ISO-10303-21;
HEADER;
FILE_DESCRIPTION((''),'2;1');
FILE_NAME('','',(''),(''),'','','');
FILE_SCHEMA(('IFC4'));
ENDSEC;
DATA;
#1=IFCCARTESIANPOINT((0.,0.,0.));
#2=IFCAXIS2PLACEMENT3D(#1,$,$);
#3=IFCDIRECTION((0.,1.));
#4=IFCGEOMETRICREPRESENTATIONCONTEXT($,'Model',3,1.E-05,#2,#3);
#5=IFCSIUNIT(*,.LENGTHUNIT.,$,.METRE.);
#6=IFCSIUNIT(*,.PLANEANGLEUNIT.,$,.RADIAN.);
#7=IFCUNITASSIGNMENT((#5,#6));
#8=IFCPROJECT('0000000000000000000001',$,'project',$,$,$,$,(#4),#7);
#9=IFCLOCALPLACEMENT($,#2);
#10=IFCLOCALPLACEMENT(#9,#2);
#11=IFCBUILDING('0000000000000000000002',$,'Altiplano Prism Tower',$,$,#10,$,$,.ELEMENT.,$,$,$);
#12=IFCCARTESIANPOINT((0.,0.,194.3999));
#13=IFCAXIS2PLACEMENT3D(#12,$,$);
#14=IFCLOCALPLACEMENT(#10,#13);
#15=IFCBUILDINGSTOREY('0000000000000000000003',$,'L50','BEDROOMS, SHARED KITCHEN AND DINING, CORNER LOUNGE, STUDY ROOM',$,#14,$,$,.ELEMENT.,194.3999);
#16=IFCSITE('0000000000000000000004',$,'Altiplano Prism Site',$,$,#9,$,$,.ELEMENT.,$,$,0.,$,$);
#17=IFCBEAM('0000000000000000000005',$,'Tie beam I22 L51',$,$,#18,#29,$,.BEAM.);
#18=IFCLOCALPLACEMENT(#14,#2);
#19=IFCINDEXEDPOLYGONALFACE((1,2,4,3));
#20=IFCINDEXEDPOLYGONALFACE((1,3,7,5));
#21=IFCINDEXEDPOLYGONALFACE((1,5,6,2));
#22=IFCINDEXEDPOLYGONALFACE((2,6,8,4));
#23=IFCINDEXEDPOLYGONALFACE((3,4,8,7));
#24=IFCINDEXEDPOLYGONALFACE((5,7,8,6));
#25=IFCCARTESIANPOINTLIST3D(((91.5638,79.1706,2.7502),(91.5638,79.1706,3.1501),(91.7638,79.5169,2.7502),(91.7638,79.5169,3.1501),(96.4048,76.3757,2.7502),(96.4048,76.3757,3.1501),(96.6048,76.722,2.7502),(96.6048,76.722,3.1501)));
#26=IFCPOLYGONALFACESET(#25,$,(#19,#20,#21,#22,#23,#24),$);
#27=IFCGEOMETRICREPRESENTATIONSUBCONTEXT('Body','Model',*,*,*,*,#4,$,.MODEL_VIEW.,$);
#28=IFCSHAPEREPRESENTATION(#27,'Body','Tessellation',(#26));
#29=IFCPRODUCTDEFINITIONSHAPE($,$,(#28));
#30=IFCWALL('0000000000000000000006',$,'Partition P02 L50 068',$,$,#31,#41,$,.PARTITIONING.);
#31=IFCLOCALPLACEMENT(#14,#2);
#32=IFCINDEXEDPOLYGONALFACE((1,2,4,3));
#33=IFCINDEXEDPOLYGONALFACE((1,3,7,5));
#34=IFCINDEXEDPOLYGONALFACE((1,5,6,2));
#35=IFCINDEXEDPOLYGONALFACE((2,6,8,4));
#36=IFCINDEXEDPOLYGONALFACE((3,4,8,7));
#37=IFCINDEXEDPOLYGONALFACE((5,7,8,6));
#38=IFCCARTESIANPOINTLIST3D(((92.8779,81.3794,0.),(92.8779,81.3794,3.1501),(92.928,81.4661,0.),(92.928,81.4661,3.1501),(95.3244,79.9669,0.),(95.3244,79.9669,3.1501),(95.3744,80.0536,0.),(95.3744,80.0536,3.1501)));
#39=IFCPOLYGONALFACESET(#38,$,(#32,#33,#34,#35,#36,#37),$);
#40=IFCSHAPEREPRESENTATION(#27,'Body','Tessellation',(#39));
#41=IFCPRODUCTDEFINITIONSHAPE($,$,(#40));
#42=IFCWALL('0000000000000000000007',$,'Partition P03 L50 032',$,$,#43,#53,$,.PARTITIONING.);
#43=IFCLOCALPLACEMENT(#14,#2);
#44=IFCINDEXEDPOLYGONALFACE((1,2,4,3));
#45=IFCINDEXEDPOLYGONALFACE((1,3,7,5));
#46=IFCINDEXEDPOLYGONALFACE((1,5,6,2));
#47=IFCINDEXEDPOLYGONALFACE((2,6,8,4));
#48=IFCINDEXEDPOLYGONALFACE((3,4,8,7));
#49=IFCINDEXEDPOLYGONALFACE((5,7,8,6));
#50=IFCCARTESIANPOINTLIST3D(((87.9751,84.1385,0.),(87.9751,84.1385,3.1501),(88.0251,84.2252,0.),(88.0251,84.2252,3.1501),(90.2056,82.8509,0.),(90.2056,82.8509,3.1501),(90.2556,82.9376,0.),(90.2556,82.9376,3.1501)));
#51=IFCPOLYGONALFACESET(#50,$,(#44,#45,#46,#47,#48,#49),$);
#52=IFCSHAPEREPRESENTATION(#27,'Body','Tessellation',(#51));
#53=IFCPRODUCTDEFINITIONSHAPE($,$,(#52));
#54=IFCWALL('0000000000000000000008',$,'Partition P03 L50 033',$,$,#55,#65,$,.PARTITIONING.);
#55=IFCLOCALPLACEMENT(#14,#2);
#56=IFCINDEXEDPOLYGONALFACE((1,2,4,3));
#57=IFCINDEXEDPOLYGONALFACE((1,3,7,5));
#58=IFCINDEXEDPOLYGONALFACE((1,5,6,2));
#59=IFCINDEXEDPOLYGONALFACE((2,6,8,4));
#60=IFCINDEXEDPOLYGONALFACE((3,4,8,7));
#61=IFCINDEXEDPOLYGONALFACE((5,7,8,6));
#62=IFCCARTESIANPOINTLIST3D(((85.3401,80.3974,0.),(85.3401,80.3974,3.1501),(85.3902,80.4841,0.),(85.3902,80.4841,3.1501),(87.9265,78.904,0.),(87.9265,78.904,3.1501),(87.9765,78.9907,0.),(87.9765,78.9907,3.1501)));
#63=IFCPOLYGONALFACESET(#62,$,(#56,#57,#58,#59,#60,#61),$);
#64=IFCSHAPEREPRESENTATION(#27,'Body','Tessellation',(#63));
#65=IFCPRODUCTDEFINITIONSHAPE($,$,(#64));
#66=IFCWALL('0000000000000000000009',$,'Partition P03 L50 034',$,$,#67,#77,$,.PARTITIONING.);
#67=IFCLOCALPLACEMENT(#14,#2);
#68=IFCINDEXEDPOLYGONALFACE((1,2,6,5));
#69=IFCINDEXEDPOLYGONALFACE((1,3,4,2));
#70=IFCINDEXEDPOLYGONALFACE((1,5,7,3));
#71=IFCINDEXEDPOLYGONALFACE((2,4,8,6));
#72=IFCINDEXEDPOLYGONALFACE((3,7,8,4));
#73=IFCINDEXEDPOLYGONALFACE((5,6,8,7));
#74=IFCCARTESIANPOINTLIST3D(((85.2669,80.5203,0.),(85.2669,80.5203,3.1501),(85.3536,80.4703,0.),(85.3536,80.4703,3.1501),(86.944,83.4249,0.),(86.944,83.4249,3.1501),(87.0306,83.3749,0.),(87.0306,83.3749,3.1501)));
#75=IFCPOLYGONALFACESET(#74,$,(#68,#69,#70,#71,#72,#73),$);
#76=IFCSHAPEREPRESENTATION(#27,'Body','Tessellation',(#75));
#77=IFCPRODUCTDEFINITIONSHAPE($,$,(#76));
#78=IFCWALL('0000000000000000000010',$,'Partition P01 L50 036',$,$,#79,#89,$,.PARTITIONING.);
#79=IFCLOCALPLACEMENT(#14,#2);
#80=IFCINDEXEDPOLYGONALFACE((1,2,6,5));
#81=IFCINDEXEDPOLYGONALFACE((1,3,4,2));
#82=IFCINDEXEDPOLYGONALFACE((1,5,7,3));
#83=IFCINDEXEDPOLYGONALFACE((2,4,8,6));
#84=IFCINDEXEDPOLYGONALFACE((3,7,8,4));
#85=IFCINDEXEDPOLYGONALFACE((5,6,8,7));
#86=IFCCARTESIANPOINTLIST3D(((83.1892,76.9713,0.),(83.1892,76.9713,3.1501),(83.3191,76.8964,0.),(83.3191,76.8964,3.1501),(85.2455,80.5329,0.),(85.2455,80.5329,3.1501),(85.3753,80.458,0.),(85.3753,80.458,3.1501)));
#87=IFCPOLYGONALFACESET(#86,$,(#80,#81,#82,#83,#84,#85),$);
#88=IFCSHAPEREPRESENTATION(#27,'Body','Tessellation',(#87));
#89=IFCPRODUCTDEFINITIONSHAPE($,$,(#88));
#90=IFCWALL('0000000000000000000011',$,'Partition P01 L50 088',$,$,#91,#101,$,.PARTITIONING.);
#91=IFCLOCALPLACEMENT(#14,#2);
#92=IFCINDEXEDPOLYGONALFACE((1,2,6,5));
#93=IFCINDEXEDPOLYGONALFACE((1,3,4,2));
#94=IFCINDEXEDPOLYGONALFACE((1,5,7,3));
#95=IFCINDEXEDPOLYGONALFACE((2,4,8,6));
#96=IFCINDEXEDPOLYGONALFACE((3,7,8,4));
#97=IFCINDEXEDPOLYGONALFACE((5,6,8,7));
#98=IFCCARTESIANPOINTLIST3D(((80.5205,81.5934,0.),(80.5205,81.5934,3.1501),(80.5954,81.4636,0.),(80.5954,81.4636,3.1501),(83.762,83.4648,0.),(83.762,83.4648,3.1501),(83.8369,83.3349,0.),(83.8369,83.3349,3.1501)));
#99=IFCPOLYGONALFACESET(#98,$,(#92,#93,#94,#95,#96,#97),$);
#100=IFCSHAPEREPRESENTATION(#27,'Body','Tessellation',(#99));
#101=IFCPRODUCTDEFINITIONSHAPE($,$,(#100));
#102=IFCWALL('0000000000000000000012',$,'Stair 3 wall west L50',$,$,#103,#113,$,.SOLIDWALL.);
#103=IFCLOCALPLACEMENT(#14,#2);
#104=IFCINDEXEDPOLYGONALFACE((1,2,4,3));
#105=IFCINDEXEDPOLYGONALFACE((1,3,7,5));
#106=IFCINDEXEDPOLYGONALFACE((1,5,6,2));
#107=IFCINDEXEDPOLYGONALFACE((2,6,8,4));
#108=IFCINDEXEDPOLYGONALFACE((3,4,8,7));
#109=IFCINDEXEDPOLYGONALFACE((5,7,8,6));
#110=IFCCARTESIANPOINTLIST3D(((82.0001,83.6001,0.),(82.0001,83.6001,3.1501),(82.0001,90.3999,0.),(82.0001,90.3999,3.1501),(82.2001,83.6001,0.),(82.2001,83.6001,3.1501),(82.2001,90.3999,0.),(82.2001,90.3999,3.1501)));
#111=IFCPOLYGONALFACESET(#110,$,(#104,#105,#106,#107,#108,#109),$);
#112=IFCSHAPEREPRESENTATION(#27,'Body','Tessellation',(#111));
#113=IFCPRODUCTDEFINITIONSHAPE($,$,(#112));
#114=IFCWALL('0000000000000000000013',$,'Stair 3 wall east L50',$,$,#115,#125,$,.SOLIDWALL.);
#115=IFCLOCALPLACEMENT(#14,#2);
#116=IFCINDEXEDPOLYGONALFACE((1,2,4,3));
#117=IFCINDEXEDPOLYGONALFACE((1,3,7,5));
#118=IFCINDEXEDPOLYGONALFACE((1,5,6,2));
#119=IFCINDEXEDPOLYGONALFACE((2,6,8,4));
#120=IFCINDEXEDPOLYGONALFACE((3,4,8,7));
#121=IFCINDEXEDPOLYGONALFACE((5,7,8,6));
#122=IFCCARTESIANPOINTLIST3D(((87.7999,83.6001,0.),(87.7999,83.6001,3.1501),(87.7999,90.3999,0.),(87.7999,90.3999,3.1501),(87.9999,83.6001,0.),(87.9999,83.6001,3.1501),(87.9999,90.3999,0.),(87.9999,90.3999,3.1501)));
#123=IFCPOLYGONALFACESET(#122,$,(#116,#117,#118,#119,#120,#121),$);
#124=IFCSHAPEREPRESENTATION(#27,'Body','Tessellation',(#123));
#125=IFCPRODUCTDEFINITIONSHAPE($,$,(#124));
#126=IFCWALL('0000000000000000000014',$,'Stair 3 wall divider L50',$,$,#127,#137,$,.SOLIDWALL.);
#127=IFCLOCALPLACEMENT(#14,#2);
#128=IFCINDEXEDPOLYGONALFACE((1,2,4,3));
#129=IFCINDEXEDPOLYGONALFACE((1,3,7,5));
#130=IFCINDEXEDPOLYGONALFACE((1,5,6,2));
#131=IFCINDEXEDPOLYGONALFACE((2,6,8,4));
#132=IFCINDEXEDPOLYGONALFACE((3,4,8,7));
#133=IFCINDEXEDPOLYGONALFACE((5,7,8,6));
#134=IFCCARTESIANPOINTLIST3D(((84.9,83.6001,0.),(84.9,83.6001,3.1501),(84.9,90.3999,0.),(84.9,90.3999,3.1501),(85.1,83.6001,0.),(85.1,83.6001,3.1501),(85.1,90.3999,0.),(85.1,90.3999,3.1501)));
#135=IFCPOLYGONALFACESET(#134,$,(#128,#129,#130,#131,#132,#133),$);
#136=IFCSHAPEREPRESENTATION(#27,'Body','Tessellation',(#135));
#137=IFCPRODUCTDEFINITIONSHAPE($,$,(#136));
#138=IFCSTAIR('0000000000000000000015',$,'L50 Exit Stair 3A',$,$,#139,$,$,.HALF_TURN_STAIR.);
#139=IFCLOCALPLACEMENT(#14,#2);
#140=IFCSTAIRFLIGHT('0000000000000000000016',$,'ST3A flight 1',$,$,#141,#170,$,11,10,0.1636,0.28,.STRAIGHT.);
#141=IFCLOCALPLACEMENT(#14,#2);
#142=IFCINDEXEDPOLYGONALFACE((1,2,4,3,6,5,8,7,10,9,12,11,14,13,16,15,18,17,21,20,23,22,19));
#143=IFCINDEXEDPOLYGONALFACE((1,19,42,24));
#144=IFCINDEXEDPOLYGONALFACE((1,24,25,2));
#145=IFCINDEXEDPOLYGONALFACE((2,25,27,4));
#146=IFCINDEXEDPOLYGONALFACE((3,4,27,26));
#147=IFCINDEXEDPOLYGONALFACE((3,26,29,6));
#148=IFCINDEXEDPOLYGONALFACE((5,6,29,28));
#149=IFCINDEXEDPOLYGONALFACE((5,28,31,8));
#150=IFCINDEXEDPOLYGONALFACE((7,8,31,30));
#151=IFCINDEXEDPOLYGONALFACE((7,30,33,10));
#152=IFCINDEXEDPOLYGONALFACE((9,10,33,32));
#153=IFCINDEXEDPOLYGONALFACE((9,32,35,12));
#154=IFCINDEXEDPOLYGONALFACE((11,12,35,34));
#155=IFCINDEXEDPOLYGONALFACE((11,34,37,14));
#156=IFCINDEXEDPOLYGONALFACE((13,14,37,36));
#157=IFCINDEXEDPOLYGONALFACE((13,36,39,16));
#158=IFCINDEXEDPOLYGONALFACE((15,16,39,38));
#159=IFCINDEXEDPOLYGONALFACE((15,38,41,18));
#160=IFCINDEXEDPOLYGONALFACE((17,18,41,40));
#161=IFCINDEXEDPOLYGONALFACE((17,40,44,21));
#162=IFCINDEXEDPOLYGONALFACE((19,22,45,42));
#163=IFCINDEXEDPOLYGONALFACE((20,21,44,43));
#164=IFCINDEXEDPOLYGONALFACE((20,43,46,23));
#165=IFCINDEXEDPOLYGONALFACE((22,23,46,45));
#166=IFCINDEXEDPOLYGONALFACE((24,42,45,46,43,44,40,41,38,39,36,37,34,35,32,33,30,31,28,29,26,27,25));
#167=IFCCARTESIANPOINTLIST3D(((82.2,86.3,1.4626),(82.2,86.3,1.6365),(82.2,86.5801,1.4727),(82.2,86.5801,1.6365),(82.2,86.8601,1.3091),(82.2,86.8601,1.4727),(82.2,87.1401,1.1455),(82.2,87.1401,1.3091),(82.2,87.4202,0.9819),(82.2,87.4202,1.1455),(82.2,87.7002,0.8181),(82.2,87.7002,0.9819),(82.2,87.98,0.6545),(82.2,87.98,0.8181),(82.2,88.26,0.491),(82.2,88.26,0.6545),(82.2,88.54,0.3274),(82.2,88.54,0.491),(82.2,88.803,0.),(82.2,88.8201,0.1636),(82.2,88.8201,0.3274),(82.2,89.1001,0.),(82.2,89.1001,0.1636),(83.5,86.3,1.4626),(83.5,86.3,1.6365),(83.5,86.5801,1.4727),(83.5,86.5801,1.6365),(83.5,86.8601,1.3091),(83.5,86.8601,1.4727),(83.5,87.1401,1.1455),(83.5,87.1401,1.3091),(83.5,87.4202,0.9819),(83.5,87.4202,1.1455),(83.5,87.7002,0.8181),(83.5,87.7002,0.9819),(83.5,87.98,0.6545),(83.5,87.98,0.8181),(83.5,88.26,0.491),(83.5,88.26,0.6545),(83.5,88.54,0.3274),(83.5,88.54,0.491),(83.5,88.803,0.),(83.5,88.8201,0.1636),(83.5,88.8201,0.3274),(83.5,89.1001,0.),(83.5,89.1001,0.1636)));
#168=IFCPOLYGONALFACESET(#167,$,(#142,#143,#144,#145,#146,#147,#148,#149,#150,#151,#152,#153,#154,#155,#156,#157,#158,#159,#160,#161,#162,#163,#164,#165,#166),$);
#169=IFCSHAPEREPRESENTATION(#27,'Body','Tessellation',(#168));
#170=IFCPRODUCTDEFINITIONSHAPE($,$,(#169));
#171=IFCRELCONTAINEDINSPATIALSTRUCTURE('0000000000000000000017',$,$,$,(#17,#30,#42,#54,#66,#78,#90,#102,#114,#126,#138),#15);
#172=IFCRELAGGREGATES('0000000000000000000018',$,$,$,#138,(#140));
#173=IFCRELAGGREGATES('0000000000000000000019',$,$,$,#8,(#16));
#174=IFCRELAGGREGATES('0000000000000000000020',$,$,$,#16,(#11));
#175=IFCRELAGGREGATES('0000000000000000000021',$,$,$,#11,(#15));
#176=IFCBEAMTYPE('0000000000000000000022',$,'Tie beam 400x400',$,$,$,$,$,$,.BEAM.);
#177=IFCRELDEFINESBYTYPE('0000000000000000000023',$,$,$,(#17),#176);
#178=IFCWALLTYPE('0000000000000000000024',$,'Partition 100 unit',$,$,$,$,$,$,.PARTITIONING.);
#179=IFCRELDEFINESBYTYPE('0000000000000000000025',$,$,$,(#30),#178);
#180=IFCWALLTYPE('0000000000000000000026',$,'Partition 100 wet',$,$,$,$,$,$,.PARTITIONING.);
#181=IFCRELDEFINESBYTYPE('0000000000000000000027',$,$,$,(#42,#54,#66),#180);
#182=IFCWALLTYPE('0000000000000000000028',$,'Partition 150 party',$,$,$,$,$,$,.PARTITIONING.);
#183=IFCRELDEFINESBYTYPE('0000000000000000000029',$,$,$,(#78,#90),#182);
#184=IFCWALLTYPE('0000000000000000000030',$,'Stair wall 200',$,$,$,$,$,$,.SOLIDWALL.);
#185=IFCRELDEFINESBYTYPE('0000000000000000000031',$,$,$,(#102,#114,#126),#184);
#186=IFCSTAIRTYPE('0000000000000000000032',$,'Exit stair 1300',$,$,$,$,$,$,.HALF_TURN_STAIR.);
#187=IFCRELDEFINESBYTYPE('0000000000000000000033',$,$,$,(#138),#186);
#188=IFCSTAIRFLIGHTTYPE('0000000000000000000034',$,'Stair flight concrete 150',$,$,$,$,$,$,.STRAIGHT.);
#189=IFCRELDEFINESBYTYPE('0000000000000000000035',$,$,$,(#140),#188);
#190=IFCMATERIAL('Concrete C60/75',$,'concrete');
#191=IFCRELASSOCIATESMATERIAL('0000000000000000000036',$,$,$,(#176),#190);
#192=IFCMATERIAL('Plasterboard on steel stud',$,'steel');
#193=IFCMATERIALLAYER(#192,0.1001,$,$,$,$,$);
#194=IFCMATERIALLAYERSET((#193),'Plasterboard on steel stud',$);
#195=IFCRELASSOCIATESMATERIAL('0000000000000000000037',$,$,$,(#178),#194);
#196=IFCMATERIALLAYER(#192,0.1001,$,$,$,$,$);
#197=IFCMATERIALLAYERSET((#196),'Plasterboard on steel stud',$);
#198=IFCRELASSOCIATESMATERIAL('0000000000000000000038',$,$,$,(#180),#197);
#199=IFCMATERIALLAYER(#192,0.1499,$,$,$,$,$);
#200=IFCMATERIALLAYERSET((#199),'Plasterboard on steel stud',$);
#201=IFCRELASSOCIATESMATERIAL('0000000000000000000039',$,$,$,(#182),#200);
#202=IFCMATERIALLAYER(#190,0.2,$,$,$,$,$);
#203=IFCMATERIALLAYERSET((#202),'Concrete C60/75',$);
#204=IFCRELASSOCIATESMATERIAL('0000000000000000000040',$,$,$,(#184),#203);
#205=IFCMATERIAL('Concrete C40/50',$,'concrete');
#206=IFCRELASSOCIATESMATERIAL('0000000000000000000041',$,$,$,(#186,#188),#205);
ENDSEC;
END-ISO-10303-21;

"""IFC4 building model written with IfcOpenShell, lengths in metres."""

from ifc_helpers import new_model, si_unit, direction, frame, frame_2d, origin, origin_2d, place, context, subcontext, project, spatial, polyline, rectangle, outline, extrude, material, layer, layer_set, material_profile, profile_set, type_object, element, aggregate, save


model = new_model("IFC4")

# Units and contexts
model_context = context("Model", 3, precision=1e-05, world=origin(), true_north=direction((0.0, 1.0)))
body_context = subcontext(model_context, "Body", "Model", "MODEL_VIEW")
ifc_project = project(units=[si_unit("LENGTHUNIT", "METRE"), si_unit("PLANEANGLEUNIT", "RADIAN")], contexts=[model_context])

# Site, building, storey
site_placement = place(None, origin())
site = spatial("IfcSite", under=ifc_project, at=site_placement, Name="Altiplano Prism Site", CompositionType="ELEMENT", RefElevation=0.0)
building_placement = place(site_placement, origin())
building = spatial("IfcBuilding", under=site, at=building_placement, Name="Altiplano Prism Tower", CompositionType="ELEMENT")
storey_placement = place(building_placement, frame((0.0, 0.0, 194.3999)))
storey = spatial("IfcBuildingStorey", under=building, at=storey_placement, Name="L50", Description="BEDROOMS, SHARED KITCHEN AND DINING, CORNER LOUNGE, STUDY ROOM", CompositionType="ELEMENT", Elevation=194.3999)

# Beam
ifc_material_1 = material(Name="Concrete C60/75", Category="concrete")
ifc_material_profile = material_profile(ifc_material_1, rectangle(XDim=0.3999, YDim=0.3999, at=origin_2d()), Name="Tie beam 400x400")
ifc_profile_set = profile_set([ifc_material_profile], Name="Concrete C60/75")
beam_type = type_object("IfcBeamType", Name="Tie beam 400x400", PredefinedType="BEAM", material=ifc_profile_set)
beam_placement = place(storey_placement, frame((91.6638, 79.3438, 2.9502), z_axis=(0.866031, -0.499991, 0.0), x_axis=(0.499991, 0.866031, 0.0)))
element("IfcBeam", 1, at=beam_placement, inside=storey, type_object=beam_type, Name="Tie beam I22 L51", PredefinedType="BEAM", context=body_context, shape_type="SweptSolid", body=[
    extrude(rectangle(XDim=0.3999, YDim=0.3999, at=origin_2d()), origin(), (0.0, 0.0, 1.0), 5.5898),
])

# Walls
ifc_material_2 = material(Name="Plasterboard on steel stud", Category="steel")
ifc_layer_1 = layer(ifc_material_2, 0.1001)
ifc_layer_set_1 = layer_set([ifc_layer_1], Name="Plasterboard on steel stud")
wall_type_1 = type_object("IfcWallType", Name="Partition 100 unit", PredefinedType="PARTITIONING", material=ifc_layer_set_1)
wall_1_placement = place(storey_placement, frame((92.9028, 81.4229, 0.0), z_axis=(0.0, 0.0, 1.0), x_axis=(0.866011, -0.500024, 0.0)))
element("IfcWall", 2, at=wall_1_placement, inside=storey, type_object=wall_type_1, Name="Partition P02 L50 068", PredefinedType="PARTITIONING", context=body_context, shape_type="SweptSolid", body=[
    extrude(rectangle(XDim=2.825, YDim=0.1001, at=frame_2d((1.4126, 0.0))), origin(), (0.0, 0.0, 1.0), 3.1501),
])
ifc_layer_2 = layer(ifc_material_2, 0.1001)
ifc_layer_set_2 = layer_set([ifc_layer_2], Name="Plasterboard on steel stud")
wall_type_2 = type_object("IfcWallType", Name="Partition 100 wet", PredefinedType="PARTITIONING", material=ifc_layer_set_2)
wall_2_placement = place(storey_placement, frame((90.2305, 82.8943, 0.0), z_axis=(0.0, 0.0, 1.0), x_axis=(-0.866053, 0.499952, 0.0)))
element("IfcWall", 3, at=wall_2_placement, inside=storey, type_object=wall_type_2, Name="Partition P03 L50 032", PredefinedType="PARTITIONING", context=body_context, shape_type="SweptSolid", body=[
    extrude(rectangle(XDim=2.5754, YDim=0.1001, at=frame_2d((1.2876, 0.0))), origin(), (0.0, 0.0, 1.0), 3.1501),
])
wall_3_placement = place(storey_placement, frame((85.3652, 80.4407, 0.0), z_axis=(0.0, 0.0, 1.0), x_axis=(0.866006, -0.500034, 0.0)))
element("IfcWall", 4, at=wall_3_placement, inside=storey, type_object=wall_type_2, Name="Partition P03 L50 033", PredefinedType="PARTITIONING", context=body_context, shape_type="SweptSolid", body=[
    extrude(rectangle(XDim=2.9866, YDim=0.1001, at=frame_2d((1.4932, 0.0))), origin(), (0.0, 0.0, 1.0), 3.1501),
])
wall_4_placement = place(storey_placement, frame((86.9873, 83.3999, 0.0), z_axis=(0.0, 0.0, 1.0), x_axis=(-0.500014, -0.866017, 0.0)))
element("IfcWall", 5, at=wall_4_placement, inside=storey, type_object=wall_type_2, Name="Partition P03 L50 034", PredefinedType="PARTITIONING", context=body_context, shape_type="SweptSolid", body=[
    extrude(rectangle(XDim=3.354, YDim=0.1001, at=frame_2d((1.677, 0.0))), origin(), (0.0, 0.0, 1.0), 3.1501),
])
ifc_layer_3 = layer(ifc_material_2, 0.1499)
ifc_layer_set_3 = layer_set([ifc_layer_3], Name="Plasterboard on steel stud")
wall_type_3 = type_object("IfcWallType", Name="Partition 150 party", PredefinedType="PARTITIONING", material=ifc_layer_set_3)
wall_5_placement = place(storey_placement, frame((85.3103, 80.4954, 0.0), z_axis=(0.0, 0.0, 1.0), x_axis=(-0.499983, -0.866035, 0.0)))
element("IfcWall", 6, at=wall_5_placement, inside=storey, type_object=wall_type_3, Name="Partition P01 L50 036", PredefinedType="PARTITIONING", context=body_context, shape_type="SweptSolid", body=[
    extrude(rectangle(XDim=4.1125, YDim=0.1499, at=frame_2d((2.0562, 0.0))), origin(), (0.0, 0.0, 1.0), 3.1501),
])
wall_6_placement = place(storey_placement, frame((83.7996, 83.3999, 0.0), z_axis=(0.0, 0.0, 1.0), x_axis=(-0.866039, -0.499977, 0.0)))
element("IfcWall", 7, at=wall_6_placement, inside=storey, type_object=wall_type_3, Name="Partition P01 L50 088", PredefinedType="PARTITIONING", context=body_context, shape_type="SweptSolid", body=[
    extrude(rectangle(XDim=3.7429, YDim=0.1499, at=frame_2d((1.8716, 0.0))), origin(), (0.0, 0.0, 1.0), 3.1501),
])
ifc_layer_4 = layer(ifc_material_1, 0.2)
ifc_layer_set_4 = layer_set([ifc_layer_4], Name="Concrete C60/75")
wall_type_4 = type_object("IfcWallType", Name="Stair wall 200", PredefinedType="SOLIDWALL", material=ifc_layer_set_4)
for number, where, z_axis, x_axis, name in (
    (8, (82.1001, 83.6001, 0.0), (0.0, 0.0, 1.0), (0.0, 1.0, 0.0), "Stair 3 wall west L50"),
    (9, (87.8999, 83.6001, 0.0), (0.0, 0.0, 1.0), (0.0, 1.0, 0.0), "Stair 3 wall east L50"),
    (10, (85.0, 83.6001, 0.0), (0.0, 0.0, 1.0), (0.0, 1.0, 0.0), "Stair 3 wall divider L50"),
):
    element("IfcWall", number, at=place(storey_placement, frame(where, z_axis=z_axis, x_axis=x_axis)), inside=storey, type_object=wall_type_4, Name=name, PredefinedType="SOLIDWALL", context=body_context, shape_type="SweptSolid", body=[
        extrude(rectangle(XDim=6.7998, YDim=0.2, at=frame_2d((3.3999, 0.0))), origin(), (0.0, 0.0, 1.0), 3.1501),
    ])

# Stair, stair flight
ifc_material_3 = material(Name="Concrete C40/50", Category="concrete")
stair_type = type_object("IfcStairType", Name="Exit stair 1300", PredefinedType="HALF_TURN_STAIR", material=ifc_material_3)
stair_1_placement = place(storey_placement, origin())
stair_1 = element("IfcStair", 11, at=stair_1_placement, inside=storey, type_object=stair_type, Name="L50 Exit Stair 3A", PredefinedType="HALF_TURN_STAIR")
stair_flight_type = type_object("IfcStairFlightType", Name="Stair flight concrete 150", PredefinedType="STRAIGHT", material=ifc_material_3)
stair_flight_1_placement = place(storey_placement, frame((82.8501, 89.1001, 0.0), z_axis=(0.0, 0.0, 1.0), x_axis=(0.0, -1.0, 0.0)))
stair_flight_1 = element("IfcStairFlight", 12, at=stair_flight_1_placement, type_object=stair_flight_type, Name="ST3A flight 1", NumberOfRisers=11, NumberOfTreads=10, PredefinedType="STRAIGHT", RiserHeight=0.1636, TreadLength=0.28, context=body_context, shape_type="SweptSolid", body=[
    extrude(outline(polyline([(0.0, 0.0), (0.0, 0.1636), (0.28, 0.1636), (0.28, 0.3274), (0.5601, 0.3274), (0.5601, 0.491), (0.8401, 0.491), (0.8401, 0.6545), (1.1201, 0.6545), (1.1201, 0.8181), (1.3999, 0.8181), (1.3999, 0.9819), (1.6799, 0.9819), (1.6799, 1.1455), (1.96, 1.1455), (1.96, 1.3091), (2.24, 1.3091), (2.24, 1.4727), (2.52, 1.4727), (2.52, 1.6365), (2.8, 1.6365), (2.8, 1.8), (2.8, 1.4626), (0.2971, 0.0), (0.0, 0.0)])), frame((0.0, 0.6499, 0.0), z_axis=(0.0, -1.0, 0.0), x_axis=(1.0, 0.0, 0.0)), (0.0, 0.0, 1.0), 1.3),
])
aggregate(stair_1, [stair_flight_1])

save(model, "model.ifc")
